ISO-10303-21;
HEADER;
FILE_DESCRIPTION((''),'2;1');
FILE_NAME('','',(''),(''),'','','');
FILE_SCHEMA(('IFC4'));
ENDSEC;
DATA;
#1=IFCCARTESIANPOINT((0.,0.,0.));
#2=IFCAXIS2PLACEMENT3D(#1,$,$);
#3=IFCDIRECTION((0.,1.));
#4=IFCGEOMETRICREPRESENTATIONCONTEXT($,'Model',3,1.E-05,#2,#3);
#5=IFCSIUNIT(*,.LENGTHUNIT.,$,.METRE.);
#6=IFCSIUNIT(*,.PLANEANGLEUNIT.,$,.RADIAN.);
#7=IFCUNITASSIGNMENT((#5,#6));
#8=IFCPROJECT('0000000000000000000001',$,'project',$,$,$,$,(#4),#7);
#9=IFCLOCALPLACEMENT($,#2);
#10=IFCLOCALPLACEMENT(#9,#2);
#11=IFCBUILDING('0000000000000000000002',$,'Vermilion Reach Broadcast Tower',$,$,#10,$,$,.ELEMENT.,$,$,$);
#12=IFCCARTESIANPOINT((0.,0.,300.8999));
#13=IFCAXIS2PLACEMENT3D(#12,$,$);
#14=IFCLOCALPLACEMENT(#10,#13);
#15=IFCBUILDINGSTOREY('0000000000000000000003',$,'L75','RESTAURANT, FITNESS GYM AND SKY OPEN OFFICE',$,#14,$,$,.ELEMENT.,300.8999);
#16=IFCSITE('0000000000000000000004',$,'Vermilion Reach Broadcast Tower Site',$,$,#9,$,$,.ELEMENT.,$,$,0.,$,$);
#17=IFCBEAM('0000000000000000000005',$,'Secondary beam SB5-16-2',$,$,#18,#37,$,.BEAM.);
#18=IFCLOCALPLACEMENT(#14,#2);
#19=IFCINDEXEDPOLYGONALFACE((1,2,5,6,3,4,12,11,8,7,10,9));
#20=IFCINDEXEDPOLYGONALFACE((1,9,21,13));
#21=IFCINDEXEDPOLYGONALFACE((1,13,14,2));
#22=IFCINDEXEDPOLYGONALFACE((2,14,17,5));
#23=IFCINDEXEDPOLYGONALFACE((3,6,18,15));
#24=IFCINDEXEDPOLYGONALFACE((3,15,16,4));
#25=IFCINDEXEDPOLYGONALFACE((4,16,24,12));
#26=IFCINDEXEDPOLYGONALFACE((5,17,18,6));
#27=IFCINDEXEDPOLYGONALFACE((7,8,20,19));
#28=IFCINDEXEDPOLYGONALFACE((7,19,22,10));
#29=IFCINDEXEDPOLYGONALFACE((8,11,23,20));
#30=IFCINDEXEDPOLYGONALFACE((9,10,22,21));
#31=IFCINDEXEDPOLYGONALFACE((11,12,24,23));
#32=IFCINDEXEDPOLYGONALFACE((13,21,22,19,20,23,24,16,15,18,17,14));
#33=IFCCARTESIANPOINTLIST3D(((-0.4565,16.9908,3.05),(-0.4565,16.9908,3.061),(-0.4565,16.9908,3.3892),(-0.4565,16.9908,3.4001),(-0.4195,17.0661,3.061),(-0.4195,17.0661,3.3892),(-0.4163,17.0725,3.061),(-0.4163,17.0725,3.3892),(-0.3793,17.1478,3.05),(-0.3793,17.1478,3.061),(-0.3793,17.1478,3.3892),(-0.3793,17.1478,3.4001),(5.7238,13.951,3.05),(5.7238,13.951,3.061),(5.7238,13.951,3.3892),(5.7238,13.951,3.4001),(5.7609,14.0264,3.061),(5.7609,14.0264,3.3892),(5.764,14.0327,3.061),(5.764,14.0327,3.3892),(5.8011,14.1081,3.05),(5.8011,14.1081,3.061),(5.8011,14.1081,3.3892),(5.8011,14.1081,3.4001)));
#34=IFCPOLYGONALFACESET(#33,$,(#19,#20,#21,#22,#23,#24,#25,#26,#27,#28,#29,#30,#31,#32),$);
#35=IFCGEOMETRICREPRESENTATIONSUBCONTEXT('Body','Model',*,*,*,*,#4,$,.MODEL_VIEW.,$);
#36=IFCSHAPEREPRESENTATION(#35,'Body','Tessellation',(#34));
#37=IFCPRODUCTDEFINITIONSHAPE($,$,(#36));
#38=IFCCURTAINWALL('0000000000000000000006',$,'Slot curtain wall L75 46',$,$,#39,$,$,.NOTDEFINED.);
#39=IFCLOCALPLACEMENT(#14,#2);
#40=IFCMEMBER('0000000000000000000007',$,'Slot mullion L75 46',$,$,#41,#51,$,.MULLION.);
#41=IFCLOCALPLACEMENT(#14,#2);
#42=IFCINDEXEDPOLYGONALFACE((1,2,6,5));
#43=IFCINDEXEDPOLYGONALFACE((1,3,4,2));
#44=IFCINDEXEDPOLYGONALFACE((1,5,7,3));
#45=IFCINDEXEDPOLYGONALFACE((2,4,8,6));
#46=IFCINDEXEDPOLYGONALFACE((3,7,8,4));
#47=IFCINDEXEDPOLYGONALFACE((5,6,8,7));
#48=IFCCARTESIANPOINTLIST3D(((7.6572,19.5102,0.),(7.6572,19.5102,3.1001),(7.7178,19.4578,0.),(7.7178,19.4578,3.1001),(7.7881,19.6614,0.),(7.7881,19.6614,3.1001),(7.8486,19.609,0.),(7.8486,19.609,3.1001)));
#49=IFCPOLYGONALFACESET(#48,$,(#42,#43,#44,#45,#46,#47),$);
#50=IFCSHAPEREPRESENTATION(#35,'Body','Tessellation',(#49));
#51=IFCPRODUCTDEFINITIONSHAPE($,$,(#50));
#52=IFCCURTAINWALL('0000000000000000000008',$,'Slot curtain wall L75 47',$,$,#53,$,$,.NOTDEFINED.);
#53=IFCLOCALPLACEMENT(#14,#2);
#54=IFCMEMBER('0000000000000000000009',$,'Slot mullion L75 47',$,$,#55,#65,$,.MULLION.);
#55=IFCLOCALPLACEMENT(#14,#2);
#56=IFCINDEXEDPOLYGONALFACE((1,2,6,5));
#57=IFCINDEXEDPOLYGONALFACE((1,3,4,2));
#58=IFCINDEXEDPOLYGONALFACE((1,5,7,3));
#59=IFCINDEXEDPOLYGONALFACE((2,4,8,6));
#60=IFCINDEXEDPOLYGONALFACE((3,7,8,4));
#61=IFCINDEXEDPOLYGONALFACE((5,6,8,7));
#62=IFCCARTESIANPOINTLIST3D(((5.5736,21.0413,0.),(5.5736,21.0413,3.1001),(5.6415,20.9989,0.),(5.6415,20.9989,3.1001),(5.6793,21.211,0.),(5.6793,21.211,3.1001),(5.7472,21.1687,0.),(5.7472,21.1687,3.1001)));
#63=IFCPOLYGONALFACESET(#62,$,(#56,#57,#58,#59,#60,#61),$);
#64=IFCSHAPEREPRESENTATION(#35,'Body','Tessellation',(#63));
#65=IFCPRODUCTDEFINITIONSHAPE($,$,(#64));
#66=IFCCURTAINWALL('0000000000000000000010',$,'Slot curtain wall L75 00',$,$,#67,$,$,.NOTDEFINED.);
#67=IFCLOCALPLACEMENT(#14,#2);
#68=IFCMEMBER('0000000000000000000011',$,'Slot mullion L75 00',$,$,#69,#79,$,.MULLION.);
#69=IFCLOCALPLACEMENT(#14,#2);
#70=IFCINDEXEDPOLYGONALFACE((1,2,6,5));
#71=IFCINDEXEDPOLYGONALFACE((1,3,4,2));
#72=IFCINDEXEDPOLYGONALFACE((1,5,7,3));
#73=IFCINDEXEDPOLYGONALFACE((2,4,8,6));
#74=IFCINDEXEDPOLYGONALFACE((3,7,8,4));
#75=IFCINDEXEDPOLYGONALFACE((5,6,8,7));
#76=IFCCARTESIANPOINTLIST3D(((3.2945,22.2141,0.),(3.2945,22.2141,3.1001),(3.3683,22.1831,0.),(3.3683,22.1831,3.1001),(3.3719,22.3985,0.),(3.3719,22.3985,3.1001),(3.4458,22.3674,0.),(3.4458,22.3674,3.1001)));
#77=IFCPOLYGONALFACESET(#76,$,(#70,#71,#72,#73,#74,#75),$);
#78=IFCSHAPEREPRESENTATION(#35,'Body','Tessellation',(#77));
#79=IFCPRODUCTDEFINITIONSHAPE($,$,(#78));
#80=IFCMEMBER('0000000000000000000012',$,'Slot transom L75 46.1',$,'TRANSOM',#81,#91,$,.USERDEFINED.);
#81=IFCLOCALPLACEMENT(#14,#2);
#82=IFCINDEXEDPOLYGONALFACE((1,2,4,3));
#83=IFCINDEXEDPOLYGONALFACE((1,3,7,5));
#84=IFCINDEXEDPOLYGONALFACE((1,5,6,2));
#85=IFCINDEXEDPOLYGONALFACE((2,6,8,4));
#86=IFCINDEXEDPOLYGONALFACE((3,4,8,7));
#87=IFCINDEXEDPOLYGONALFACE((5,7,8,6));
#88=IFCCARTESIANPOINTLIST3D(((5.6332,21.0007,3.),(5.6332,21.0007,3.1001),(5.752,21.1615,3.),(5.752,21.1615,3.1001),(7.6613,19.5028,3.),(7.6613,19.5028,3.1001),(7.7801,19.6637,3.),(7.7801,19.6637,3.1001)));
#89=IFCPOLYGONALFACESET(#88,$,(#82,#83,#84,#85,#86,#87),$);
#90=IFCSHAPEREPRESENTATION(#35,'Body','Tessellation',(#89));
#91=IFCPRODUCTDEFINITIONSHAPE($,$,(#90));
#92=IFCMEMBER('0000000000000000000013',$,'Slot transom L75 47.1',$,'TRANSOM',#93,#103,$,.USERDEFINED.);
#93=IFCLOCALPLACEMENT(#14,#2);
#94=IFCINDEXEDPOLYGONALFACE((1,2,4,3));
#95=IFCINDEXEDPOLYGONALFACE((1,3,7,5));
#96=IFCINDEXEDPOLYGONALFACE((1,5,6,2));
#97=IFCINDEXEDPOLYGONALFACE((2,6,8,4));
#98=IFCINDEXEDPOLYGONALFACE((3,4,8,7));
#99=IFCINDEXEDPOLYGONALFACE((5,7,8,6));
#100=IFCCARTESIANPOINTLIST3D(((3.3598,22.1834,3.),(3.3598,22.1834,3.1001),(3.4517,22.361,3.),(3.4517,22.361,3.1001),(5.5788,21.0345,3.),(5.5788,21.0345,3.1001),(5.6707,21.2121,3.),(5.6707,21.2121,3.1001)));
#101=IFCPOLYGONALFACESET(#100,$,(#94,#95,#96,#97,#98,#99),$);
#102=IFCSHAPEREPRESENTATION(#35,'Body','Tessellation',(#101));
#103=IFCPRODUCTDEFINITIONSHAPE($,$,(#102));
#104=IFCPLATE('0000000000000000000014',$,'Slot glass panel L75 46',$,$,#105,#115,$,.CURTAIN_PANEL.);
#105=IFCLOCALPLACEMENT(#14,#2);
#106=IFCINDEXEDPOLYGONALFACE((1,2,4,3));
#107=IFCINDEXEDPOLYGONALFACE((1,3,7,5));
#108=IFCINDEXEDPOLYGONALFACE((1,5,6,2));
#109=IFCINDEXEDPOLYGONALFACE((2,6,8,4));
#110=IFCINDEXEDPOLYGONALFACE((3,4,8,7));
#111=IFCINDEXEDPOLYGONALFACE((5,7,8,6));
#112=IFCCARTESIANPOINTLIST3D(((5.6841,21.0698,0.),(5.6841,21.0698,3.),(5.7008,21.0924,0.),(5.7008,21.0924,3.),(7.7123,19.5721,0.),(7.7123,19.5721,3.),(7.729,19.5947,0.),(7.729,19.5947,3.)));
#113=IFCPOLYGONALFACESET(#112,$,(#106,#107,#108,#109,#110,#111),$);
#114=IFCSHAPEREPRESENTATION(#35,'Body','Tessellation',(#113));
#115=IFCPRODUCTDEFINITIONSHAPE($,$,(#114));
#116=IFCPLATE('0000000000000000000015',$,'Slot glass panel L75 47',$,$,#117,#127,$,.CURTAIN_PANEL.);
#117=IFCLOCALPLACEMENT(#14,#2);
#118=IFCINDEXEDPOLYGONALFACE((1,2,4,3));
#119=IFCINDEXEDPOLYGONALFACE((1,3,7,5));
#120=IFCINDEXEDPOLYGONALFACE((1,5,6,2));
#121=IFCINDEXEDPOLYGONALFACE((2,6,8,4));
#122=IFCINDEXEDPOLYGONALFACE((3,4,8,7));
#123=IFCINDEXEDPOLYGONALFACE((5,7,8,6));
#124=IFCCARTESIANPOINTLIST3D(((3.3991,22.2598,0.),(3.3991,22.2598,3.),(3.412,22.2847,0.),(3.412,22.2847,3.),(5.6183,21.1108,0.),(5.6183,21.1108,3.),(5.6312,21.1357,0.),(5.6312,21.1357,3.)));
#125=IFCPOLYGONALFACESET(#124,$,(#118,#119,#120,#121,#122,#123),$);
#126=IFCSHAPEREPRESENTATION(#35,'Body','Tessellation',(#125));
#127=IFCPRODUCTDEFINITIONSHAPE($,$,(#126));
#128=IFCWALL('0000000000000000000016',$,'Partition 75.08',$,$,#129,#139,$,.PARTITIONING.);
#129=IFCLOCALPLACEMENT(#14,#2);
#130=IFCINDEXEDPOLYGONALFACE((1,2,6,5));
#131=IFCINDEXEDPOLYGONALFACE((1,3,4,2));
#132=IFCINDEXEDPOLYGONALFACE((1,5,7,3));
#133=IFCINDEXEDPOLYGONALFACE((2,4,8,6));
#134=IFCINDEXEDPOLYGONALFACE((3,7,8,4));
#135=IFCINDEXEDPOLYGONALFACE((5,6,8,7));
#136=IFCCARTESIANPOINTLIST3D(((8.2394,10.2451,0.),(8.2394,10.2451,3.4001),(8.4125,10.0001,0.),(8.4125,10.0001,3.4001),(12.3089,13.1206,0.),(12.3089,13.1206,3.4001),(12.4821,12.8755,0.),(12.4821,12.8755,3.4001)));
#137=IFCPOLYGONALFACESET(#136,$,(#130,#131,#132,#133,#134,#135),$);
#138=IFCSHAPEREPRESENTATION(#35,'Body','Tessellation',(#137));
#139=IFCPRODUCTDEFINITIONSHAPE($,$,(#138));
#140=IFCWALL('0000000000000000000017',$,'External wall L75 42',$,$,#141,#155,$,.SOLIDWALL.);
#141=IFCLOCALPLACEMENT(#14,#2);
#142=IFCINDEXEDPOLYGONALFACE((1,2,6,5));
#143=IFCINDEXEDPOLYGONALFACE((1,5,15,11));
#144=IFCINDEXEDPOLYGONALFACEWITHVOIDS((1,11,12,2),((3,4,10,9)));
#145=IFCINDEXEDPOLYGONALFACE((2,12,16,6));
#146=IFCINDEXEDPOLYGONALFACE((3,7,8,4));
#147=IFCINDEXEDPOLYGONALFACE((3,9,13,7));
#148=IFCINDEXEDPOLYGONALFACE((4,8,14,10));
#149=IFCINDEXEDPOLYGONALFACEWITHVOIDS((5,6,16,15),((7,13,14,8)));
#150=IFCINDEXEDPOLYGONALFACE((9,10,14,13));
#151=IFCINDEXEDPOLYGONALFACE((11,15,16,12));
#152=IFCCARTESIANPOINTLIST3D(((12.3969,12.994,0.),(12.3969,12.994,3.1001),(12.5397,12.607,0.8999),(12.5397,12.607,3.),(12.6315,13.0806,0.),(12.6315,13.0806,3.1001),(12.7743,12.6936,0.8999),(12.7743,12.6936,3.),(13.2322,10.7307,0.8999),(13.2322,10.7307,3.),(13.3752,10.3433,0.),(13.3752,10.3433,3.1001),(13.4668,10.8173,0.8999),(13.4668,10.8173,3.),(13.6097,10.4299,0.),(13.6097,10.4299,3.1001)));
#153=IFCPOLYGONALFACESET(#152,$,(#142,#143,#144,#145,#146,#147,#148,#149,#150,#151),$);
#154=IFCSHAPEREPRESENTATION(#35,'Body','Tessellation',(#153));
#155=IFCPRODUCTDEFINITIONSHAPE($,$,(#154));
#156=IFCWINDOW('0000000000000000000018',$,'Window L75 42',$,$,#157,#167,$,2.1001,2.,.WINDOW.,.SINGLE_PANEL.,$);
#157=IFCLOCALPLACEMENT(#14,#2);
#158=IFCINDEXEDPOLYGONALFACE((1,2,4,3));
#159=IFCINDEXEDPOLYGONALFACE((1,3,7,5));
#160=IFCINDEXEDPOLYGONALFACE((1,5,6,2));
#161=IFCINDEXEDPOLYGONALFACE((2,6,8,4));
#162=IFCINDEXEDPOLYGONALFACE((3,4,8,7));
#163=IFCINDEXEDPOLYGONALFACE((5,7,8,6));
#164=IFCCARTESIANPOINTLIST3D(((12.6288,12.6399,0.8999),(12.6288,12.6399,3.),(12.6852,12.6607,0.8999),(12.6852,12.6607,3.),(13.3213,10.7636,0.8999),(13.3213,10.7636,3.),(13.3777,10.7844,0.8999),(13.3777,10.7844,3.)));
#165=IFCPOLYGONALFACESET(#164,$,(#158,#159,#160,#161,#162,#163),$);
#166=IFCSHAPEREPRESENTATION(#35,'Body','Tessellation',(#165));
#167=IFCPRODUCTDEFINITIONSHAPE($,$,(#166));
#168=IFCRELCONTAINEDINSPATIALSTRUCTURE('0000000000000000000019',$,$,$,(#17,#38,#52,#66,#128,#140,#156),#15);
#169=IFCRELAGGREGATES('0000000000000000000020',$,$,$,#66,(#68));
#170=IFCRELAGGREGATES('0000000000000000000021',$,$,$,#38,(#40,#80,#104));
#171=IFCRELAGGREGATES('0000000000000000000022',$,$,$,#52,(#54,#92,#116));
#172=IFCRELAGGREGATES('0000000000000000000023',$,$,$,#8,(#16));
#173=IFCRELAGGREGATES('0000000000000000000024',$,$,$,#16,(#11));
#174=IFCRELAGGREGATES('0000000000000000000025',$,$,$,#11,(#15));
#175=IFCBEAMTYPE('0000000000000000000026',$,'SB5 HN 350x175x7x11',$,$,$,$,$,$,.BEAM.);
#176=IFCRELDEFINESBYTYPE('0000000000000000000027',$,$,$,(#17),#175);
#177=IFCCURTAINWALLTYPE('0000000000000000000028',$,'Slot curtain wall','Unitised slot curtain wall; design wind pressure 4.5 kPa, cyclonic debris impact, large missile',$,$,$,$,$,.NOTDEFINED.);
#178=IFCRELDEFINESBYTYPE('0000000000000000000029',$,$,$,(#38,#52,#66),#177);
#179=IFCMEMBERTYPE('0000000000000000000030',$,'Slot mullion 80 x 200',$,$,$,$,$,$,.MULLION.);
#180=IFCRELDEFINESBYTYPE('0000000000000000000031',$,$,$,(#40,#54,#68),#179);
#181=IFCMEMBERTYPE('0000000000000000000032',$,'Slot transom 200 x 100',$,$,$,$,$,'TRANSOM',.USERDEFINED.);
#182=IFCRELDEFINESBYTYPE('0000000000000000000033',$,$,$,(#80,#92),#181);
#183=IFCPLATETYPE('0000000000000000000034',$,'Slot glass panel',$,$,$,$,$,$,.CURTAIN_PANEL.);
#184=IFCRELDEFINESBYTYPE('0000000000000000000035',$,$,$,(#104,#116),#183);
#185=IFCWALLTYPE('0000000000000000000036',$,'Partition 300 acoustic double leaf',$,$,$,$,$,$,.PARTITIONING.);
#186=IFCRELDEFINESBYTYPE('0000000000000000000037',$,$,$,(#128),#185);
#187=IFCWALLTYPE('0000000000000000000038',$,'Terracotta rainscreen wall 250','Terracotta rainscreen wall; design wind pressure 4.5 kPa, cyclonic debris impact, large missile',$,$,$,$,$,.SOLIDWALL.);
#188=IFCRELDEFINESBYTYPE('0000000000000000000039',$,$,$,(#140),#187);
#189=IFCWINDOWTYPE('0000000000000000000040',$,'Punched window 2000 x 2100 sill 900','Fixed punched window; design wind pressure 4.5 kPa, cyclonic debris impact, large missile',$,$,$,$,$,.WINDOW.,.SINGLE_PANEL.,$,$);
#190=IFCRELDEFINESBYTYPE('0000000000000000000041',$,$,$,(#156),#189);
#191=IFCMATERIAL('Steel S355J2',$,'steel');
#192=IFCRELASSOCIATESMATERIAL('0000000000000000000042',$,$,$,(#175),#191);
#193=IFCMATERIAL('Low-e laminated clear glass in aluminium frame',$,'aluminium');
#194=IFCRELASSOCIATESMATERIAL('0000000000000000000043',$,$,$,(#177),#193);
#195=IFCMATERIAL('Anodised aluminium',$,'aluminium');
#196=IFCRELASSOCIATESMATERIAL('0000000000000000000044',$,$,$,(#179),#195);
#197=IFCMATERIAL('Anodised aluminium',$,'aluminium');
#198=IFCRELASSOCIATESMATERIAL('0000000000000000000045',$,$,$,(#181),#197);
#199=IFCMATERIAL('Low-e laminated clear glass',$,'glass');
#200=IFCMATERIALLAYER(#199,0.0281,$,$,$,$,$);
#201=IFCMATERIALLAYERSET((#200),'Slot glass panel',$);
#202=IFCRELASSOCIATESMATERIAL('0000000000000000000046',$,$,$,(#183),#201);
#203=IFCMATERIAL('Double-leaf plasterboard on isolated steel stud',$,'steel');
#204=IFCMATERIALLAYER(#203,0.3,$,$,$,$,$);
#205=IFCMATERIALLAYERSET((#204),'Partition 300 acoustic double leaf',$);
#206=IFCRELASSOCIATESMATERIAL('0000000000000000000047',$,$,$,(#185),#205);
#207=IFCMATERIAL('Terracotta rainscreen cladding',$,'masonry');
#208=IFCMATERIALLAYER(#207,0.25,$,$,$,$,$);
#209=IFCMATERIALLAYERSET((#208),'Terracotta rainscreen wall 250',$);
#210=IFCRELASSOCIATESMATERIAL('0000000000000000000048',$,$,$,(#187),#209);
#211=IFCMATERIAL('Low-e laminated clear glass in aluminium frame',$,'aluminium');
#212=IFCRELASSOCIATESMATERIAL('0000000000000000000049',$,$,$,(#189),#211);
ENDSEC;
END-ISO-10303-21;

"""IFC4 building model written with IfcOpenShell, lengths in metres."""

from ifc_helpers import new_model, si_unit, direction, frame, frame_2d, origin, origin_2d, place, context, subcontext, project, spatial, rectangle, i_section, extrude, material, layer, layer_set, material_profile, profile_set, type_object, element, fill, aggregate, save


model = new_model("IFC4")

# Units and contexts
model_context = context("Model", 3, precision=1e-05, world=origin(), true_north=direction((0.0, 1.0)))
body_context = subcontext(model_context, "Body", "Model", "MODEL_VIEW")
ifc_project = project(units=[si_unit("LENGTHUNIT", "METRE"), si_unit("PLANEANGLEUNIT", "RADIAN")], contexts=[model_context])

# Site, building, storey
site_placement = place(None, origin())
site = spatial("IfcSite", under=ifc_project, at=site_placement, Name="Vermilion Reach Broadcast Tower Site", CompositionType="ELEMENT", RefElevation=0.0)
building_placement = place(site_placement, origin())
building = spatial("IfcBuilding", under=site, at=building_placement, Name="Vermilion Reach Broadcast Tower", CompositionType="ELEMENT")
storey_placement = place(building_placement, frame((0.0, 0.0, 300.8999)))
storey = spatial("IfcBuildingStorey", under=building, at=storey_placement, Name="L75", Description="RESTAURANT, FITNESS GYM AND SKY OPEN OFFICE", CompositionType="ELEMENT", Elevation=300.8999)

# Beam
ifc_material_1 = material(Name="Steel S355J2", Category="steel")
ifc_material_profile_1 = material_profile(ifc_material_1, i_section(OverallWidth=0.175, OverallDepth=0.3501, WebThickness=0.0071, FlangeThickness=0.011, at=origin_2d()), Name="S355J2 HN 350x175x7x11")
ifc_profile_set_1 = profile_set([ifc_material_profile_1], Name="Steel S355J2")
beam_type_1 = type_object("IfcBeamType", Name="SB5 HN 350x175x7x11", PredefinedType="BEAM", material=ifc_profile_set_1)
beam_1_placement = place(storey_placement, frame((5.7625, 14.0295, 3.2251), z_axis=(-0.897336, 0.441348, 0.0), x_axis=(-0.441348, -0.897336, 0.0)))
element("IfcBeam", 1, at=beam_1_placement, inside=storey, type_object=beam_type_1, Name="Secondary beam SB5-16-2", PredefinedType="BEAM", context=body_context, shape_type="SweptSolid", body=[
    extrude(i_section(OverallWidth=0.175, OverallDepth=0.3501, WebThickness=0.0071, FlangeThickness=0.011, at=origin_2d()), origin(), (0.0, 0.0, 1.0), 6.8875),
])

# Curtain walls, members
ifc_material_2 = material(Name="Low-e laminated clear glass in aluminium frame", Category="aluminium")
curtain_wall_type = type_object("IfcCurtainWallType", Name="Slot curtain wall", Description="Unitised slot curtain wall; design wind pressure 4.5 kPa, cyclonic debris impact, large missile", PredefinedType="NOTDEFINED", material=ifc_material_2)
placement = place(storey_placement, origin())
curtain_wall_1 = element("IfcCurtainWall", 2, at=placement, inside=storey, type_object=curtain_wall_type, Name="Slot curtain wall L75 46", PredefinedType="NOTDEFINED")
ifc_material_3 = material(Name="Anodised aluminium", Category="aluminium")
ifc_material_profile_2 = material_profile(ifc_material_3, rectangle(XDim=0.2, YDim=0.0801, at=origin_2d()), Name="Slot mullion 80 x 200")
ifc_profile_set_2 = profile_set([ifc_material_profile_2], Name="Anodised aluminium")
member_type_1 = type_object("IfcMemberType", Name="Slot mullion 80 x 200", PredefinedType="MULLION", material=ifc_profile_set_2)
member_1_placement = place(storey_placement, frame((7.7529, 19.5596, 0.0), z_axis=(0.0, 0.0, 1.0), x_axis=(-0.654391, -0.756156, 0.0)))
member_1 = element("IfcMember", 3, at=member_1_placement, type_object=member_type_1, Name="Slot mullion L75 46", PredefinedType="MULLION", context=body_context, shape_type="SweptSolid", body=[
    extrude(rectangle(XDim=0.2, YDim=0.0801, at=origin_2d()), origin(), (0.0, 0.0, 1.0), 3.1001),
])
curtain_wall_2 = element("IfcCurtainWall", 4, at=placement, inside=storey, type_object=curtain_wall_type, Name="Slot curtain wall L75 47", PredefinedType="NOTDEFINED")
member_2_placement = place(storey_placement, frame((5.6604, 21.105, 0.0), z_axis=(0.0, 0.0, 1.0), x_axis=(-0.528571, -0.848889, 0.0)))
member_2 = element("IfcMember", 5, at=member_2_placement, type_object=member_type_1, Name="Slot mullion L75 47", PredefinedType="MULLION", context=body_context, shape_type="SweptSolid", body=[
    extrude(rectangle(XDim=0.2, YDim=0.0801, at=origin_2d()), origin(), (0.0, 0.0, 1.0), 3.1001),
])
curtain_wall_3 = element("IfcCurtainWall", 6, at=placement, inside=storey, type_object=curtain_wall_type, Name="Slot curtain wall L75 00", PredefinedType="NOTDEFINED")
member_3_placement = place(storey_placement, frame((3.3701, 22.2908, 0.0), z_axis=(0.0, 0.0, 1.0), x_axis=(-0.387515, -0.921863, 0.0)))
member_3 = element("IfcMember", 7, at=member_3_placement, type_object=member_type_1, Name="Slot mullion L75 00", PredefinedType="MULLION", context=body_context, shape_type="SweptSolid", body=[
    extrude(rectangle(XDim=0.2, YDim=0.0801, at=origin_2d()), origin(), (0.0, 0.0, 1.0), 3.1001),
])
aggregate(curtain_wall_3, [member_3])

# Members
ifc_material_4 = material(Name="Anodised aluminium", Category="aluminium")
ifc_material_profile_3 = material_profile(ifc_material_4, rectangle(XDim=0.2, YDim=0.1001, at=origin_2d()), Name="Slot transom 200 x 100")
ifc_profile_set_3 = profile_set([ifc_material_profile_3], Name="Anodised aluminium")
member_type_2 = type_object("IfcMemberType", Name="Slot transom 200 x 100", ElementType="TRANSOM", PredefinedType="USERDEFINED", material=ifc_profile_set_3)
member_4_placement = place(storey_placement, frame((7.7207, 19.5833, 3.05), z_axis=(-0.804406, 0.594081, 0.0), x_axis=(-0.594081, -0.804406, 0.0)))
member_4 = element("IfcMember", 8, at=member_4_placement, type_object=member_type_2, Name="Slot transom L75 46.1", ObjectType="TRANSOM", PredefinedType="USERDEFINED", context=body_context, shape_type="SweptSolid", body=[
    extrude(rectangle(XDim=0.2, YDim=0.1001, at=origin_2d()), origin(), (0.0, 0.0, 1.0), 2.5212),
])
member_5_placement = place(storey_placement, frame((5.6248, 21.1233, 3.05), z_axis=(-0.888026, 0.459792, 0.0), x_axis=(-0.459792, -0.888026, 0.0)))
member_5 = element("IfcMember", 9, at=member_5_placement, type_object=member_type_2, Name="Slot transom L75 47.1", ObjectType="TRANSOM", PredefinedType="USERDEFINED", context=body_context, shape_type="SweptSolid", body=[
    extrude(rectangle(XDim=0.2, YDim=0.1001, at=origin_2d()), origin(), (0.0, 0.0, 1.0), 2.4988),
])

# Plates
ifc_material_5 = material(Name="Low-e laminated clear glass", Category="glass")
ifc_layer_1 = layer(ifc_material_5, 0.0281)
ifc_layer_set_1 = layer_set([ifc_layer_1], Name="Slot glass panel")
plate_type = type_object("IfcPlateType", Name="Slot glass panel", PredefinedType="CURTAIN_PANEL", material=ifc_layer_set_1)
plate_1_placement = place(storey_placement, frame((6.7065, 20.3323, 0.0), z_axis=(0.0, 0.0, 1.0), x_axis=(-0.804432, 0.594045, 0.0)))
plate_1 = element("IfcPlate", 10, at=plate_1_placement, type_object=plate_type, Name="Slot glass panel L75 46", PredefinedType="CURTAIN_PANEL", context=body_context, shape_type="SweptSolid", body=[
    extrude(rectangle(XDim=2.5212, YDim=0.0281, at=origin_2d()), origin(), (0.0, 0.0, 1.0), 3.0),
])
aggregate(curtain_wall_1, [member_1, member_4, plate_1])
plate_2_placement = place(storey_placement, frame((4.5151, 21.6978, 0.0), z_axis=(0.0, 0.0, 1.0), x_axis=(-0.88803, 0.459785, 0.0)))
plate_2 = element("IfcPlate", 11, at=plate_2_placement, type_object=plate_type, Name="Slot glass panel L75 47", PredefinedType="CURTAIN_PANEL", context=body_context, shape_type="SweptSolid", body=[
    extrude(rectangle(XDim=2.499, YDim=0.0281, at=origin_2d()), origin(), (0.0, 0.0, 1.0), 3.0),
])
aggregate(curtain_wall_2, [member_2, member_5, plate_2])

# Wall
ifc_material_6 = material(Name="Double-leaf plasterboard on isolated steel stud", Category="steel")
ifc_layer_2 = layer(ifc_material_6, 0.3)
ifc_layer_set_2 = layer_set([ifc_layer_2], Name="Partition 300 acoustic double leaf")
wall_type_1 = type_object("IfcWallType", Name="Partition 300 acoustic double leaf", PredefinedType="PARTITIONING", material=ifc_layer_set_2)
wall_1_placement = place(storey_placement, frame((12.3955, 12.998, 0.0), z_axis=(0.0, 0.0, 1.0), x_axis=(-0.816699, -0.577064, 0.0)))
element("IfcWall", 12, at=wall_1_placement, inside=storey, type_object=wall_type_1, Name="Partition 75.08", PredefinedType="PARTITIONING", context=body_context, shape_type="SweptSolid", body=[
    extrude(rectangle(XDim=4.9829, YDim=0.3, at=frame_2d((2.4915, 0.0))), origin(), (0.0, 0.0, 1.0), 3.4001),
])

# Wall, opening, window
ifc_material_7 = material(Name="Terracotta rainscreen cladding", Category="masonry")
ifc_layer_3 = layer(ifc_material_7, 0.25)
ifc_layer_set_3 = layer_set([ifc_layer_3], Name="Terracotta rainscreen wall 250")
wall_type_2 = type_object("IfcWallType", Name="Terracotta rainscreen wall 250", Description="Terracotta rainscreen wall; design wind pressure 4.5 kPa, cyclonic debris impact, large missile", PredefinedType="SOLIDWALL", material=ifc_layer_set_3)
wall_2_placement = place(storey_placement, frame((13.4924, 10.3867, 0.0), z_axis=(0.0, 0.0, 1.0), x_axis=(-0.346242, 0.938145, 0.0)))
wall_2 = element("IfcWall", 13, at=wall_2_placement, inside=storey, type_object=wall_type_2, Name="External wall L75 42", PredefinedType="SOLIDWALL", context=body_context, shape_type="SweptSolid", body=[
    extrude(rectangle(XDim=2.8254, YDim=0.25, at=frame_2d((1.4126, 0.0))), origin(), (0.0, 0.0, 1.0), 3.1001),
])
opening_1_placement = place(wall_2_placement, frame((0.4128, 0.0, 0.8999)))
opening_1 = element("IfcOpeningElement", 14, at=opening_1_placement, cuts=wall_2, PredefinedType="OPENING", context=body_context, shape_type="SweptSolid", body=[
    extrude(rectangle(XDim=2.0, YDim=2.1001, at=frame_2d((1.0, 1.05))), frame((0.0, 0.135, 0.0), z_axis=(0.0, -1.0, 0.0), x_axis=(1.0, 0.0, 0.0)), (0.0, 0.0, 1.0), 0.27),
])
ifc_material_8 = material(Name="Low-e laminated clear glass in aluminium frame", Category="aluminium")
window_type = type_object("IfcWindowType", Name="Punched window 2000 x 2100 sill 900", Description="Fixed punched window; design wind pressure 4.5 kPa, cyclonic debris impact, large missile", PartitioningType="SINGLE_PANEL", PredefinedType="WINDOW", material=ifc_material_8)
window_1_placement = place(opening_1_placement, origin())
window_1 = element("IfcWindow", 15, at=window_1_placement, inside=storey, type_object=window_type, Name="Window L75 42", OverallHeight=2.1001, OverallWidth=2.0, PartitioningType="SINGLE_PANEL", PredefinedType="WINDOW", context=body_context, shape_type="SweptSolid", body=[
    extrude(rectangle(XDim=2.0, YDim=2.1001, at=frame_2d((1.0, 1.05))), frame((0.0, 0.03, 0.0), z_axis=(0.0, -1.0, 0.0), x_axis=(1.0, 0.0, 0.0)), (0.0, 0.0, 1.0), 0.0601),
])
fill(opening_1, window_1)

save(model, "model.ifc")
